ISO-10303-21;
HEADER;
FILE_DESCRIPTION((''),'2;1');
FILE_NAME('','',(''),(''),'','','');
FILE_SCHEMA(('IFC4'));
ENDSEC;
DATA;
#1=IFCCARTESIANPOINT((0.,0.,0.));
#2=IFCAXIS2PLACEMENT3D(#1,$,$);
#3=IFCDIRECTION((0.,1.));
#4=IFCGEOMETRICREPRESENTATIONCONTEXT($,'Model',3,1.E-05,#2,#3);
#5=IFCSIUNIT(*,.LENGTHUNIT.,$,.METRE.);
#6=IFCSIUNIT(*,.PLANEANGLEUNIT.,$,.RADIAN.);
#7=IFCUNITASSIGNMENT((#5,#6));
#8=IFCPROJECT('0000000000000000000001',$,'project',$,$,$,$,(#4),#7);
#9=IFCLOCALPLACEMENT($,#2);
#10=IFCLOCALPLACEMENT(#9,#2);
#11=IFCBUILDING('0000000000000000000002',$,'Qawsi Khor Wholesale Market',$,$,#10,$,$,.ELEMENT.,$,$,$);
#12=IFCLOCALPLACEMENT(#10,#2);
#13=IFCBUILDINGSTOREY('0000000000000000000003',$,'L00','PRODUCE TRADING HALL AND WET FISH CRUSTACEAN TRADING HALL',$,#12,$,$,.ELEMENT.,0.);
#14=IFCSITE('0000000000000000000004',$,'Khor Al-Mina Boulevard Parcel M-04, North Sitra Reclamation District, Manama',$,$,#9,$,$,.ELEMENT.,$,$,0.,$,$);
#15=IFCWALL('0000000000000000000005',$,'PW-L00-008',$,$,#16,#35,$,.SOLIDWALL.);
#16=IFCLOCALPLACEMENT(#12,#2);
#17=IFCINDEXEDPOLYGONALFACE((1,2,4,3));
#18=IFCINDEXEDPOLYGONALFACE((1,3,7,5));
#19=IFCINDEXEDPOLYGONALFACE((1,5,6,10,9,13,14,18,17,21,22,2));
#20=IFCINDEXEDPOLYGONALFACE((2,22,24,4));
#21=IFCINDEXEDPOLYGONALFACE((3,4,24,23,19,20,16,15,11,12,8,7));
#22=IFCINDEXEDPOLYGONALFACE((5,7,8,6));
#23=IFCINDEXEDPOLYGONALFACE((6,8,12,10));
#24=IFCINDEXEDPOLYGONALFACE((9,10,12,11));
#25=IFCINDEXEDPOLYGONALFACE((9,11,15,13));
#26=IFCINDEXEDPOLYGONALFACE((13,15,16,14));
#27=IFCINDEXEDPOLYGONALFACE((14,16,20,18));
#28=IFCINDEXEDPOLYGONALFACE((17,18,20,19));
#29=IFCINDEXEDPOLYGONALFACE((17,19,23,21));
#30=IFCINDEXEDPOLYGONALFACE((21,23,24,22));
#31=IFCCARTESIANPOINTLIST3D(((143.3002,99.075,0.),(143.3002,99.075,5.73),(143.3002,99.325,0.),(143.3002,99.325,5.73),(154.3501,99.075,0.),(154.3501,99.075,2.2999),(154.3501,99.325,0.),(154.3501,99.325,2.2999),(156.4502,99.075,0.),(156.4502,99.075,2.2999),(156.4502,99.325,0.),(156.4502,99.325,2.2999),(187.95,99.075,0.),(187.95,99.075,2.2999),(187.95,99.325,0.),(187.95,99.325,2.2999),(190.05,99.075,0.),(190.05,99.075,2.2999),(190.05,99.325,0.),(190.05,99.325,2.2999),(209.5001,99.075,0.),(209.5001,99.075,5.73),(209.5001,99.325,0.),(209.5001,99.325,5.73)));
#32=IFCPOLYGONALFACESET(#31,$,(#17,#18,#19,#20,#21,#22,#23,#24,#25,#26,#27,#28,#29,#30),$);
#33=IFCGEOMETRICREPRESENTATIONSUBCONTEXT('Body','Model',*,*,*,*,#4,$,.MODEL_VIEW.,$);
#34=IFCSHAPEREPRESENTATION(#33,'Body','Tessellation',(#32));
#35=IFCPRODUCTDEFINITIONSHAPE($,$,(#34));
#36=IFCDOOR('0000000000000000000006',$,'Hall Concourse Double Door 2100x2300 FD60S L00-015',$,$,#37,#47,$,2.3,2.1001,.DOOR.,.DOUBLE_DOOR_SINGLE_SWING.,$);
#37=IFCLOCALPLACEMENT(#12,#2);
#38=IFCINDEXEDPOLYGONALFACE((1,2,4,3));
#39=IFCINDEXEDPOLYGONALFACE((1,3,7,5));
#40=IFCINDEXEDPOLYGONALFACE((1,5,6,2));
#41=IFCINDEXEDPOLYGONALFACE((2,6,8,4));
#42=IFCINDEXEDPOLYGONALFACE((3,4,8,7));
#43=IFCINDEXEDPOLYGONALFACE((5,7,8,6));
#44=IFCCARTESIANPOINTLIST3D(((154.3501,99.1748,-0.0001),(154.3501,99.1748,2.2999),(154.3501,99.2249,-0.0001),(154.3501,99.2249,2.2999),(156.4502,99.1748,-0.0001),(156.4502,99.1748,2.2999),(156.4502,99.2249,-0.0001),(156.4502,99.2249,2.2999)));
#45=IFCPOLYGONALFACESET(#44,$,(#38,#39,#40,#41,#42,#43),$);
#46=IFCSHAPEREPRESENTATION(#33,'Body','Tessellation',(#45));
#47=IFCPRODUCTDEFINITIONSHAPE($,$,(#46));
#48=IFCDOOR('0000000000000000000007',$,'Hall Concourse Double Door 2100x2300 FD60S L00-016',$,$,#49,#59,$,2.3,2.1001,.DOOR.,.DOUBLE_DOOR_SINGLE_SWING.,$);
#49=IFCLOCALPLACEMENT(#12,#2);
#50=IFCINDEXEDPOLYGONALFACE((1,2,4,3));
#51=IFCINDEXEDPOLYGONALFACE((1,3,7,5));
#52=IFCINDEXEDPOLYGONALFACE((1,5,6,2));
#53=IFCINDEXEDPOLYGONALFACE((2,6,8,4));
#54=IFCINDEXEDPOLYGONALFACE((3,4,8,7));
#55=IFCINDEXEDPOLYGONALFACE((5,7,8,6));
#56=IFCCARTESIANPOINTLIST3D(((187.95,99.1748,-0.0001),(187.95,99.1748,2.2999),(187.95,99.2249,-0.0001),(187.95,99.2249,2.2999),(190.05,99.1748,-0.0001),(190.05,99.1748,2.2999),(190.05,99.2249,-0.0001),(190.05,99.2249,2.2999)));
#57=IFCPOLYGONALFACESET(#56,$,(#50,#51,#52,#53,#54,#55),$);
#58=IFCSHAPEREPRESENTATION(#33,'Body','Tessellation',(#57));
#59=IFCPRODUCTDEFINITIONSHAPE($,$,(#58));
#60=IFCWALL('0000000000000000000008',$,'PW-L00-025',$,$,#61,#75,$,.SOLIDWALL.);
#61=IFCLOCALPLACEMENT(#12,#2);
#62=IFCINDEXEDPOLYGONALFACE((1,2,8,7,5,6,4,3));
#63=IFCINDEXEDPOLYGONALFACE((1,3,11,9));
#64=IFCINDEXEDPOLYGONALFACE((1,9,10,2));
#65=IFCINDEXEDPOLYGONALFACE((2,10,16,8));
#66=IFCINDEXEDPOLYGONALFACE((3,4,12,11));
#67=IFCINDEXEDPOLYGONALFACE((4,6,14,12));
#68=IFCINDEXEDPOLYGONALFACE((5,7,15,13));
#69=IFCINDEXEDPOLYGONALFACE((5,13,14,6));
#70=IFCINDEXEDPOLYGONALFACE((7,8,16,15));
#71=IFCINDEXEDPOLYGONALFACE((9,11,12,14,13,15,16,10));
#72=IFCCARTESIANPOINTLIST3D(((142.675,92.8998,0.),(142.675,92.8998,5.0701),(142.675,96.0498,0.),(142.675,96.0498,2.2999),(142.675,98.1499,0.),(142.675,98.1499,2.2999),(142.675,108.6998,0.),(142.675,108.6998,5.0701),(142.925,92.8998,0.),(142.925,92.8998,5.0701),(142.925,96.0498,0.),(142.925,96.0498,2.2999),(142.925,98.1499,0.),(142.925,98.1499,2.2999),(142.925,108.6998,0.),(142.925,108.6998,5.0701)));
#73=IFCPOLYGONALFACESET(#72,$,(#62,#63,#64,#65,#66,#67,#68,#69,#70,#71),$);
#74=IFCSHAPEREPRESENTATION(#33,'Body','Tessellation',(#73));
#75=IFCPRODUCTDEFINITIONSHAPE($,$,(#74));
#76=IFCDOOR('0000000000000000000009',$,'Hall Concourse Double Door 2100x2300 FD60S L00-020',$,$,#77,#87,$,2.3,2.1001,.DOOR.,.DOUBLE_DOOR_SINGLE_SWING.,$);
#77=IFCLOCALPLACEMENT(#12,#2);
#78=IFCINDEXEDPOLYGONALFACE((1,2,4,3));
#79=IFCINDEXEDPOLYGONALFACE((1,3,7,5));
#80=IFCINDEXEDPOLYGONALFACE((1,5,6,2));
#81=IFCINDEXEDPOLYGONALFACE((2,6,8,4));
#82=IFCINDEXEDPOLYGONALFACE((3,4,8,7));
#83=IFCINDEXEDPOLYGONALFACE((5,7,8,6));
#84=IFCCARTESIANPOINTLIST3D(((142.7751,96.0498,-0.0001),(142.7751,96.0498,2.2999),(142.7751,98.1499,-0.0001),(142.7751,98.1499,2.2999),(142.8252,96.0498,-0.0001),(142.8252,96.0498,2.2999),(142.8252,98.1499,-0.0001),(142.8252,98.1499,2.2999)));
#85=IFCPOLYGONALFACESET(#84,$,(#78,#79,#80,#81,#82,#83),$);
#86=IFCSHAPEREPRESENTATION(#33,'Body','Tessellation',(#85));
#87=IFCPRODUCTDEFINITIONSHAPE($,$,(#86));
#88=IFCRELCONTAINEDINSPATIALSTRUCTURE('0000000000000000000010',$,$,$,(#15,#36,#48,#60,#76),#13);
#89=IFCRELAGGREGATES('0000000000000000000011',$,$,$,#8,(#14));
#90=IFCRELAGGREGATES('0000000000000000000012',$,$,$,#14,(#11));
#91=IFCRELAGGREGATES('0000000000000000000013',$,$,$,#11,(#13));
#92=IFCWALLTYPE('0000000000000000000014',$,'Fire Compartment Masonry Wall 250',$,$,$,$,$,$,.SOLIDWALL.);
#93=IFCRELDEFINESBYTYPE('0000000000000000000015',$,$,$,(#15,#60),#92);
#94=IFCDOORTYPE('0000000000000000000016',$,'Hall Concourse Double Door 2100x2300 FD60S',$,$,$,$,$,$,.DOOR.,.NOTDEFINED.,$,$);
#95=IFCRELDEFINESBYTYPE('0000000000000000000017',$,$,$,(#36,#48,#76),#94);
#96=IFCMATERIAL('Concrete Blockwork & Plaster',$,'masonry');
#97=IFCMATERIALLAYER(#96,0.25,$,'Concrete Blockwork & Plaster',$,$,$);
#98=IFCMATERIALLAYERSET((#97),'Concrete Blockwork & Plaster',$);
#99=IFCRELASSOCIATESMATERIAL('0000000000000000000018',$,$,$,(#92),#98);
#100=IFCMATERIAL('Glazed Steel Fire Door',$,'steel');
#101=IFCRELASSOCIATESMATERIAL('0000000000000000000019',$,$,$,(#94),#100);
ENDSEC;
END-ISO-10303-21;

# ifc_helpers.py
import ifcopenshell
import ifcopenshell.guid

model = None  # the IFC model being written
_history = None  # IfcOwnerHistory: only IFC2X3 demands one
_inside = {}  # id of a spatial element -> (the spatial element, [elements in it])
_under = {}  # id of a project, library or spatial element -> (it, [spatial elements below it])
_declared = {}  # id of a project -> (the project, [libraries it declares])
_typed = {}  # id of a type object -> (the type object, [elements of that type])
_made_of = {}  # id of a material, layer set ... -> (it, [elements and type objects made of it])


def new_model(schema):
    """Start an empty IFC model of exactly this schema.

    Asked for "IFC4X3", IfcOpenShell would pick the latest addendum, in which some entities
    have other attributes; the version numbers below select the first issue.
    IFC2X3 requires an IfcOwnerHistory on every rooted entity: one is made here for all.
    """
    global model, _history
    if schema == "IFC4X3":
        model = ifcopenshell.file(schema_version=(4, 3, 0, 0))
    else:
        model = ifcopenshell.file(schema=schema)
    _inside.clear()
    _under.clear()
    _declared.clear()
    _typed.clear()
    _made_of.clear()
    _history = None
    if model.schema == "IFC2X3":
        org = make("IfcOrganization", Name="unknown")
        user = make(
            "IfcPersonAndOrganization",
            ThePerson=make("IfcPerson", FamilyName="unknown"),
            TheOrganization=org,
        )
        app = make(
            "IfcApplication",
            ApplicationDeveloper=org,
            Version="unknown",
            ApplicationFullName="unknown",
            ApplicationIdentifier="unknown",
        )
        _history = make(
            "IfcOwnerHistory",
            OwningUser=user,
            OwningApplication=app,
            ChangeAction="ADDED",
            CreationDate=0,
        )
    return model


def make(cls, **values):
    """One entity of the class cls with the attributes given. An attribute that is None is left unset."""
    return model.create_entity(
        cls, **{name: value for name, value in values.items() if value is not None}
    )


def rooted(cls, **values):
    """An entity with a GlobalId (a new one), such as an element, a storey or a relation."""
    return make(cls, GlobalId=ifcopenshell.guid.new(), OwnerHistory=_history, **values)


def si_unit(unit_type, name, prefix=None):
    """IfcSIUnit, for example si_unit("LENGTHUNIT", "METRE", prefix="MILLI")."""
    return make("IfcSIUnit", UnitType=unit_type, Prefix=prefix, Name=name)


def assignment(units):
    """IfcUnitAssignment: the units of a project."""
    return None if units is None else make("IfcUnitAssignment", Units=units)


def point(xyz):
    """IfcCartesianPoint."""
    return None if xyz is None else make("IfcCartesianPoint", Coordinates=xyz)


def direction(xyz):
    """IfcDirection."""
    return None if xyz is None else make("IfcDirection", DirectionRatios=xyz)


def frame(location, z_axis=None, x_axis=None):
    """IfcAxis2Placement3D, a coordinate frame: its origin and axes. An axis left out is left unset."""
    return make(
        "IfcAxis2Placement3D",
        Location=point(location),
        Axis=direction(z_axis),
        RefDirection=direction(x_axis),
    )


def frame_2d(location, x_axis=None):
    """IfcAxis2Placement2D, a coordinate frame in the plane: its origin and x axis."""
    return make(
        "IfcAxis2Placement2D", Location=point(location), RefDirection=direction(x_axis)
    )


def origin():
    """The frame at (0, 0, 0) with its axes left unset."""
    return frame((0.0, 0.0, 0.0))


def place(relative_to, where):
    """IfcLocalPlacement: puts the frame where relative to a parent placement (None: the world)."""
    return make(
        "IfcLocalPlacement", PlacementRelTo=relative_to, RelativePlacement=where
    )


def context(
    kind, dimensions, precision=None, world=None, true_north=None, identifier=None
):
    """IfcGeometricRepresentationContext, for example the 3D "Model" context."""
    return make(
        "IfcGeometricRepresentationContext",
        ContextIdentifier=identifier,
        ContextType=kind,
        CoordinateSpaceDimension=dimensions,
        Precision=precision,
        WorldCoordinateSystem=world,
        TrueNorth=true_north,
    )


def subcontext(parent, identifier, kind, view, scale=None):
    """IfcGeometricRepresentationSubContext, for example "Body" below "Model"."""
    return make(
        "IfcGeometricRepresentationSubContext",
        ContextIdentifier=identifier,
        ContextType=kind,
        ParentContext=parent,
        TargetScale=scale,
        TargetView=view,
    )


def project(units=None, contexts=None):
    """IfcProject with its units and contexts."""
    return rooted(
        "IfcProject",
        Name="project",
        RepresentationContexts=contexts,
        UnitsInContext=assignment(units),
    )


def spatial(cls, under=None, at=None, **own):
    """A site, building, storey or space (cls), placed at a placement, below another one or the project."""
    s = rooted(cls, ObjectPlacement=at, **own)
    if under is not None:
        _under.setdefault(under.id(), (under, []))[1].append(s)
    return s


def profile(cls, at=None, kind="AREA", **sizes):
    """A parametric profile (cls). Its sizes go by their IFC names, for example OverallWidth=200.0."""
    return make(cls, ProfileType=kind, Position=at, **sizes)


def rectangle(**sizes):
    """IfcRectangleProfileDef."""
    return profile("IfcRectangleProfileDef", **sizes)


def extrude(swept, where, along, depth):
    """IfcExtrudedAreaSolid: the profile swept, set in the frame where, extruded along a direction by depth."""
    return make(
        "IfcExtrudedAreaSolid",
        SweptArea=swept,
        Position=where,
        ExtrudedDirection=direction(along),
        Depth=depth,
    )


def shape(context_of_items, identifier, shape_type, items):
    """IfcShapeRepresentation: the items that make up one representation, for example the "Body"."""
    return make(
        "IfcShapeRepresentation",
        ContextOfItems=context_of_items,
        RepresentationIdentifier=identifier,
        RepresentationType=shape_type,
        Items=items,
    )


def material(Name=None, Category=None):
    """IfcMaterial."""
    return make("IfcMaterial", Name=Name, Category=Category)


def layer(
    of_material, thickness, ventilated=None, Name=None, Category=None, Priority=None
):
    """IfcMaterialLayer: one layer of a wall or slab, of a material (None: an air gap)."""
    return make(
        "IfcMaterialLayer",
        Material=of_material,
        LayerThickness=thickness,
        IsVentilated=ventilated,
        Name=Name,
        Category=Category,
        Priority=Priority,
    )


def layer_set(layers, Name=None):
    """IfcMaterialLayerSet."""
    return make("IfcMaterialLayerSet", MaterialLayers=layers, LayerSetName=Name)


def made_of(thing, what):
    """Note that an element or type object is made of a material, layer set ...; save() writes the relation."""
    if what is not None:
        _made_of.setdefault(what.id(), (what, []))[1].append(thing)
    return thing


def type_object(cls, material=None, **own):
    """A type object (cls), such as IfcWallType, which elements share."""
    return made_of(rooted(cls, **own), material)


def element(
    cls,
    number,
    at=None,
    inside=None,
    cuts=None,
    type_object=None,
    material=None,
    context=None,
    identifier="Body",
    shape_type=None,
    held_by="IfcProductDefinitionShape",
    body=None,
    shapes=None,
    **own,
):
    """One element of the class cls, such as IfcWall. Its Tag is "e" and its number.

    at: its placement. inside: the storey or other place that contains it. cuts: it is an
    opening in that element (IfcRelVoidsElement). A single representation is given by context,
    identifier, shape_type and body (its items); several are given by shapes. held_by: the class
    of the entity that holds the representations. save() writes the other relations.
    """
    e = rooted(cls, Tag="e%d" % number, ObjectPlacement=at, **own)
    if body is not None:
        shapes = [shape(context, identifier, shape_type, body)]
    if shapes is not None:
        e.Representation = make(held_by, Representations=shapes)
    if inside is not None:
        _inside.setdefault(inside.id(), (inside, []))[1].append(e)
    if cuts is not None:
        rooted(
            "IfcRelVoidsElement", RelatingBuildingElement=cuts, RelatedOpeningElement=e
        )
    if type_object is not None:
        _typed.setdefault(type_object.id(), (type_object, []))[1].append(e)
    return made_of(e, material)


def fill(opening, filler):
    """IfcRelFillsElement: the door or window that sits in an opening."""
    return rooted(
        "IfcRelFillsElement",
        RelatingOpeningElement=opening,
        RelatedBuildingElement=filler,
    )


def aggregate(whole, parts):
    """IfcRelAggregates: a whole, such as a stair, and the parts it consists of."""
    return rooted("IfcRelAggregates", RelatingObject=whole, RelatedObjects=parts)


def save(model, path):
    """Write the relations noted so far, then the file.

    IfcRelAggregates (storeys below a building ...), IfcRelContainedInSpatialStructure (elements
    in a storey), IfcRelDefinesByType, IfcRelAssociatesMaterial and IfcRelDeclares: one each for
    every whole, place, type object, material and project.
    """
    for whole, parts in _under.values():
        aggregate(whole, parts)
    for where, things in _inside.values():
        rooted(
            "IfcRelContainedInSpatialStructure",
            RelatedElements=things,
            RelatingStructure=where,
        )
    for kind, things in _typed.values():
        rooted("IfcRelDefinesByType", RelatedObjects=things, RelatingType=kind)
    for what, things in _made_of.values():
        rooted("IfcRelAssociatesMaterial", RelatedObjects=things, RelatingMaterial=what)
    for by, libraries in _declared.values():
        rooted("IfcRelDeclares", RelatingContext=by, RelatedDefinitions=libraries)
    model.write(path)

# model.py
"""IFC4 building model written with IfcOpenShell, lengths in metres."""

from ifc_helpers import new_model, si_unit, direction, frame, frame_2d, origin, place, context, subcontext, project, spatial, rectangle, extrude, material, layer, layer_set, type_object, element, fill, save


model = new_model("IFC4")

# Units and contexts
model_context = context("Model", 3, precision=1e-05, world=origin(), true_north=direction((0.0, 1.0)))
body_context = subcontext(model_context, "Body", "Model", "MODEL_VIEW")
ifc_project = project(units=[si_unit("LENGTHUNIT", "METRE"), si_unit("PLANEANGLEUNIT", "RADIAN")], contexts=[model_context])

# Site, building, storey
site_placement = place(None, origin())
site = spatial("IfcSite", under=ifc_project, at=site_placement, Name="Khor Al-Mina Boulevard Parcel M-04, North Sitra Reclamation District, Manama", CompositionType="ELEMENT", RefElevation=0.0)
building_placement = place(site_placement, origin())
building = spatial("IfcBuilding", under=site, at=building_placement, Name="Qawsi Khor Wholesale Market", CompositionType="ELEMENT")
storey_placement = place(building_placement, origin())
storey = spatial("IfcBuildingStorey", under=building, at=storey_placement, Name="L00", Description="PRODUCE TRADING HALL AND WET FISH CRUSTACEAN TRADING HALL", CompositionType="ELEMENT", Elevation=0.0)

# Wall, openings, doors
ifc_material_1 = material(Name="Concrete Blockwork & Plaster", Category="masonry")
ifc_layer_1 = layer(ifc_material_1, 0.25, Name="Concrete Blockwork & Plaster")
ifc_layer_set_1 = layer_set([ifc_layer_1], Name="Concrete Blockwork & Plaster")
wall_type = type_object("IfcWallType", Name="Fire Compartment Masonry Wall 250", PredefinedType="SOLIDWALL", material=ifc_layer_set_1)
wall_1_placement = place(storey_placement, frame((143.3, 99.2, 0.0), z_axis=(0.0, 0.0, 1.0), x_axis=(1.0, 0.0, 0.0)))
wall_1 = element("IfcWall", 1, at=wall_1_placement, inside=storey, type_object=wall_type, Name="PW-L00-008", PredefinedType="SOLIDWALL", context=body_context, shape_type="SweptSolid", body=[
    extrude(rectangle(XDim=66.2, YDim=0.25, at=frame_2d((33.1001, 0.0))), origin(), (0.0, 0.0, 1.0), 5.73),
])
opening_1_placement = place(wall_1_placement, frame((11.05, 0.0, 0.0)))
opening_1 = element("IfcOpeningElement", 2, at=opening_1_placement, cuts=wall_1, PredefinedType="OPENING", context=body_context, shape_type="SweptSolid", body=[
    extrude(rectangle(XDim=2.1001, YDim=2.3, at=frame_2d((1.05, 1.1499))), frame((0.0, 0.135, 0.0), z_axis=(0.0, -1.0, 0.0), x_axis=(1.0, 0.0, 0.0)), (0.0, 0.0, 1.0), 0.27),
])
opening_2_placement = place(wall_1_placement, frame((44.6499, 0.0, 0.0)))
opening_2 = element("IfcOpeningElement", 3, at=opening_2_placement, cuts=wall_1, PredefinedType="OPENING", context=body_context, shape_type="SweptSolid", body=[
    extrude(rectangle(XDim=2.1001, YDim=2.3, at=frame_2d((1.05, 1.1499))), frame((0.0, 0.135, 0.0), z_axis=(0.0, -1.0, 0.0), x_axis=(1.0, 0.0, 0.0)), (0.0, 0.0, 1.0), 0.27),
])
ifc_material_2 = material(Name="Glazed Steel Fire Door", Category="steel")
door_type = type_object("IfcDoorType", Name="Hall Concourse Double Door 2100x2300 FD60S", OperationType="NOTDEFINED", PredefinedType="DOOR", material=ifc_material_2)
door_1_placement = place(opening_1_placement, origin())
door_1 = element("IfcDoor", 4, at=door_1_placement, inside=storey, type_object=door_type, Name="Hall Concourse Double Door 2100x2300 FD60S L00-015", OperationType="DOUBLE_DOOR_SINGLE_SWING", OverallHeight=2.3, OverallWidth=2.1001, PredefinedType="DOOR", context=body_context, shape_type="SweptSolid", body=[
    extrude(rectangle(XDim=2.1001, YDim=2.3, at=frame_2d((1.05, 1.1499))), frame((0.0, 0.0249, 0.0), z_axis=(0.0, -1.0, 0.0), x_axis=(1.0, 0.0, 0.0)), (0.0, 0.0, 1.0), 0.05),
])
fill(opening_1, door_1)
door_2_placement = place(opening_2_placement, origin())
door_2 = element("IfcDoor", 5, at=door_2_placement, inside=storey, type_object=door_type, Name="Hall Concourse Double Door 2100x2300 FD60S L00-016", OperationType="DOUBLE_DOOR_SINGLE_SWING", OverallHeight=2.3, OverallWidth=2.1001, PredefinedType="DOOR", context=body_context, shape_type="SweptSolid", body=[
    extrude(rectangle(XDim=2.1001, YDim=2.3, at=frame_2d((1.05, 1.1499))), frame((0.0, 0.0249, 0.0), z_axis=(0.0, -1.0, 0.0), x_axis=(1.0, 0.0, 0.0)), (0.0, 0.0, 1.0), 0.05),
])
fill(opening_2, door_2)

# Wall, opening, door
wall_2_placement = place(storey_placement, frame((142.8, 92.8999, 0.0), z_axis=(0.0, 0.0, 1.0), x_axis=(0.0, 1.0, 0.0)))
wall_2 = element("IfcWall", 6, at=wall_2_placement, inside=storey, type_object=wall_type, Name="PW-L00-025", PredefinedType="SOLIDWALL", context=body_context, shape_type="SweptSolid", body=[
    extrude(rectangle(XDim=15.8, YDim=0.25, at=frame_2d((7.8999, 0.0))), origin(), (0.0, 0.0, 1.0), 5.0701),
])
opening_3_placement = place(wall_2_placement, frame((3.1499, 0.0, 0.0)))
opening_3 = element("IfcOpeningElement", 7, at=opening_3_placement, cuts=wall_2, PredefinedType="OPENING", context=body_context, shape_type="SweptSolid", body=[
    extrude(rectangle(XDim=2.1001, YDim=2.3, at=frame_2d((1.05, 1.1499))), frame((0.0, 0.135, 0.0), z_axis=(0.0, -1.0, 0.0), x_axis=(1.0, 0.0, 0.0)), (0.0, 0.0, 1.0), 0.27),
])
door_3_placement = place(opening_3_placement, origin())
door_3 = element("IfcDoor", 8, at=door_3_placement, inside=storey, type_object=door_type, Name="Hall Concourse Double Door 2100x2300 FD60S L00-020", OperationType="DOUBLE_DOOR_SINGLE_SWING", OverallHeight=2.3, OverallWidth=2.1001, PredefinedType="DOOR", context=body_context, shape_type="SweptSolid", body=[
    extrude(rectangle(XDim=2.1001, YDim=2.3, at=frame_2d((1.05, 1.1499))), frame((0.0, 0.0249, 0.0), z_axis=(0.0, -1.0, 0.0), x_axis=(1.0, 0.0, 0.0)), (0.0, 0.0, 1.0), 0.05),
])
fill(opening_3, door_3)

save(model, "model.ifc")
